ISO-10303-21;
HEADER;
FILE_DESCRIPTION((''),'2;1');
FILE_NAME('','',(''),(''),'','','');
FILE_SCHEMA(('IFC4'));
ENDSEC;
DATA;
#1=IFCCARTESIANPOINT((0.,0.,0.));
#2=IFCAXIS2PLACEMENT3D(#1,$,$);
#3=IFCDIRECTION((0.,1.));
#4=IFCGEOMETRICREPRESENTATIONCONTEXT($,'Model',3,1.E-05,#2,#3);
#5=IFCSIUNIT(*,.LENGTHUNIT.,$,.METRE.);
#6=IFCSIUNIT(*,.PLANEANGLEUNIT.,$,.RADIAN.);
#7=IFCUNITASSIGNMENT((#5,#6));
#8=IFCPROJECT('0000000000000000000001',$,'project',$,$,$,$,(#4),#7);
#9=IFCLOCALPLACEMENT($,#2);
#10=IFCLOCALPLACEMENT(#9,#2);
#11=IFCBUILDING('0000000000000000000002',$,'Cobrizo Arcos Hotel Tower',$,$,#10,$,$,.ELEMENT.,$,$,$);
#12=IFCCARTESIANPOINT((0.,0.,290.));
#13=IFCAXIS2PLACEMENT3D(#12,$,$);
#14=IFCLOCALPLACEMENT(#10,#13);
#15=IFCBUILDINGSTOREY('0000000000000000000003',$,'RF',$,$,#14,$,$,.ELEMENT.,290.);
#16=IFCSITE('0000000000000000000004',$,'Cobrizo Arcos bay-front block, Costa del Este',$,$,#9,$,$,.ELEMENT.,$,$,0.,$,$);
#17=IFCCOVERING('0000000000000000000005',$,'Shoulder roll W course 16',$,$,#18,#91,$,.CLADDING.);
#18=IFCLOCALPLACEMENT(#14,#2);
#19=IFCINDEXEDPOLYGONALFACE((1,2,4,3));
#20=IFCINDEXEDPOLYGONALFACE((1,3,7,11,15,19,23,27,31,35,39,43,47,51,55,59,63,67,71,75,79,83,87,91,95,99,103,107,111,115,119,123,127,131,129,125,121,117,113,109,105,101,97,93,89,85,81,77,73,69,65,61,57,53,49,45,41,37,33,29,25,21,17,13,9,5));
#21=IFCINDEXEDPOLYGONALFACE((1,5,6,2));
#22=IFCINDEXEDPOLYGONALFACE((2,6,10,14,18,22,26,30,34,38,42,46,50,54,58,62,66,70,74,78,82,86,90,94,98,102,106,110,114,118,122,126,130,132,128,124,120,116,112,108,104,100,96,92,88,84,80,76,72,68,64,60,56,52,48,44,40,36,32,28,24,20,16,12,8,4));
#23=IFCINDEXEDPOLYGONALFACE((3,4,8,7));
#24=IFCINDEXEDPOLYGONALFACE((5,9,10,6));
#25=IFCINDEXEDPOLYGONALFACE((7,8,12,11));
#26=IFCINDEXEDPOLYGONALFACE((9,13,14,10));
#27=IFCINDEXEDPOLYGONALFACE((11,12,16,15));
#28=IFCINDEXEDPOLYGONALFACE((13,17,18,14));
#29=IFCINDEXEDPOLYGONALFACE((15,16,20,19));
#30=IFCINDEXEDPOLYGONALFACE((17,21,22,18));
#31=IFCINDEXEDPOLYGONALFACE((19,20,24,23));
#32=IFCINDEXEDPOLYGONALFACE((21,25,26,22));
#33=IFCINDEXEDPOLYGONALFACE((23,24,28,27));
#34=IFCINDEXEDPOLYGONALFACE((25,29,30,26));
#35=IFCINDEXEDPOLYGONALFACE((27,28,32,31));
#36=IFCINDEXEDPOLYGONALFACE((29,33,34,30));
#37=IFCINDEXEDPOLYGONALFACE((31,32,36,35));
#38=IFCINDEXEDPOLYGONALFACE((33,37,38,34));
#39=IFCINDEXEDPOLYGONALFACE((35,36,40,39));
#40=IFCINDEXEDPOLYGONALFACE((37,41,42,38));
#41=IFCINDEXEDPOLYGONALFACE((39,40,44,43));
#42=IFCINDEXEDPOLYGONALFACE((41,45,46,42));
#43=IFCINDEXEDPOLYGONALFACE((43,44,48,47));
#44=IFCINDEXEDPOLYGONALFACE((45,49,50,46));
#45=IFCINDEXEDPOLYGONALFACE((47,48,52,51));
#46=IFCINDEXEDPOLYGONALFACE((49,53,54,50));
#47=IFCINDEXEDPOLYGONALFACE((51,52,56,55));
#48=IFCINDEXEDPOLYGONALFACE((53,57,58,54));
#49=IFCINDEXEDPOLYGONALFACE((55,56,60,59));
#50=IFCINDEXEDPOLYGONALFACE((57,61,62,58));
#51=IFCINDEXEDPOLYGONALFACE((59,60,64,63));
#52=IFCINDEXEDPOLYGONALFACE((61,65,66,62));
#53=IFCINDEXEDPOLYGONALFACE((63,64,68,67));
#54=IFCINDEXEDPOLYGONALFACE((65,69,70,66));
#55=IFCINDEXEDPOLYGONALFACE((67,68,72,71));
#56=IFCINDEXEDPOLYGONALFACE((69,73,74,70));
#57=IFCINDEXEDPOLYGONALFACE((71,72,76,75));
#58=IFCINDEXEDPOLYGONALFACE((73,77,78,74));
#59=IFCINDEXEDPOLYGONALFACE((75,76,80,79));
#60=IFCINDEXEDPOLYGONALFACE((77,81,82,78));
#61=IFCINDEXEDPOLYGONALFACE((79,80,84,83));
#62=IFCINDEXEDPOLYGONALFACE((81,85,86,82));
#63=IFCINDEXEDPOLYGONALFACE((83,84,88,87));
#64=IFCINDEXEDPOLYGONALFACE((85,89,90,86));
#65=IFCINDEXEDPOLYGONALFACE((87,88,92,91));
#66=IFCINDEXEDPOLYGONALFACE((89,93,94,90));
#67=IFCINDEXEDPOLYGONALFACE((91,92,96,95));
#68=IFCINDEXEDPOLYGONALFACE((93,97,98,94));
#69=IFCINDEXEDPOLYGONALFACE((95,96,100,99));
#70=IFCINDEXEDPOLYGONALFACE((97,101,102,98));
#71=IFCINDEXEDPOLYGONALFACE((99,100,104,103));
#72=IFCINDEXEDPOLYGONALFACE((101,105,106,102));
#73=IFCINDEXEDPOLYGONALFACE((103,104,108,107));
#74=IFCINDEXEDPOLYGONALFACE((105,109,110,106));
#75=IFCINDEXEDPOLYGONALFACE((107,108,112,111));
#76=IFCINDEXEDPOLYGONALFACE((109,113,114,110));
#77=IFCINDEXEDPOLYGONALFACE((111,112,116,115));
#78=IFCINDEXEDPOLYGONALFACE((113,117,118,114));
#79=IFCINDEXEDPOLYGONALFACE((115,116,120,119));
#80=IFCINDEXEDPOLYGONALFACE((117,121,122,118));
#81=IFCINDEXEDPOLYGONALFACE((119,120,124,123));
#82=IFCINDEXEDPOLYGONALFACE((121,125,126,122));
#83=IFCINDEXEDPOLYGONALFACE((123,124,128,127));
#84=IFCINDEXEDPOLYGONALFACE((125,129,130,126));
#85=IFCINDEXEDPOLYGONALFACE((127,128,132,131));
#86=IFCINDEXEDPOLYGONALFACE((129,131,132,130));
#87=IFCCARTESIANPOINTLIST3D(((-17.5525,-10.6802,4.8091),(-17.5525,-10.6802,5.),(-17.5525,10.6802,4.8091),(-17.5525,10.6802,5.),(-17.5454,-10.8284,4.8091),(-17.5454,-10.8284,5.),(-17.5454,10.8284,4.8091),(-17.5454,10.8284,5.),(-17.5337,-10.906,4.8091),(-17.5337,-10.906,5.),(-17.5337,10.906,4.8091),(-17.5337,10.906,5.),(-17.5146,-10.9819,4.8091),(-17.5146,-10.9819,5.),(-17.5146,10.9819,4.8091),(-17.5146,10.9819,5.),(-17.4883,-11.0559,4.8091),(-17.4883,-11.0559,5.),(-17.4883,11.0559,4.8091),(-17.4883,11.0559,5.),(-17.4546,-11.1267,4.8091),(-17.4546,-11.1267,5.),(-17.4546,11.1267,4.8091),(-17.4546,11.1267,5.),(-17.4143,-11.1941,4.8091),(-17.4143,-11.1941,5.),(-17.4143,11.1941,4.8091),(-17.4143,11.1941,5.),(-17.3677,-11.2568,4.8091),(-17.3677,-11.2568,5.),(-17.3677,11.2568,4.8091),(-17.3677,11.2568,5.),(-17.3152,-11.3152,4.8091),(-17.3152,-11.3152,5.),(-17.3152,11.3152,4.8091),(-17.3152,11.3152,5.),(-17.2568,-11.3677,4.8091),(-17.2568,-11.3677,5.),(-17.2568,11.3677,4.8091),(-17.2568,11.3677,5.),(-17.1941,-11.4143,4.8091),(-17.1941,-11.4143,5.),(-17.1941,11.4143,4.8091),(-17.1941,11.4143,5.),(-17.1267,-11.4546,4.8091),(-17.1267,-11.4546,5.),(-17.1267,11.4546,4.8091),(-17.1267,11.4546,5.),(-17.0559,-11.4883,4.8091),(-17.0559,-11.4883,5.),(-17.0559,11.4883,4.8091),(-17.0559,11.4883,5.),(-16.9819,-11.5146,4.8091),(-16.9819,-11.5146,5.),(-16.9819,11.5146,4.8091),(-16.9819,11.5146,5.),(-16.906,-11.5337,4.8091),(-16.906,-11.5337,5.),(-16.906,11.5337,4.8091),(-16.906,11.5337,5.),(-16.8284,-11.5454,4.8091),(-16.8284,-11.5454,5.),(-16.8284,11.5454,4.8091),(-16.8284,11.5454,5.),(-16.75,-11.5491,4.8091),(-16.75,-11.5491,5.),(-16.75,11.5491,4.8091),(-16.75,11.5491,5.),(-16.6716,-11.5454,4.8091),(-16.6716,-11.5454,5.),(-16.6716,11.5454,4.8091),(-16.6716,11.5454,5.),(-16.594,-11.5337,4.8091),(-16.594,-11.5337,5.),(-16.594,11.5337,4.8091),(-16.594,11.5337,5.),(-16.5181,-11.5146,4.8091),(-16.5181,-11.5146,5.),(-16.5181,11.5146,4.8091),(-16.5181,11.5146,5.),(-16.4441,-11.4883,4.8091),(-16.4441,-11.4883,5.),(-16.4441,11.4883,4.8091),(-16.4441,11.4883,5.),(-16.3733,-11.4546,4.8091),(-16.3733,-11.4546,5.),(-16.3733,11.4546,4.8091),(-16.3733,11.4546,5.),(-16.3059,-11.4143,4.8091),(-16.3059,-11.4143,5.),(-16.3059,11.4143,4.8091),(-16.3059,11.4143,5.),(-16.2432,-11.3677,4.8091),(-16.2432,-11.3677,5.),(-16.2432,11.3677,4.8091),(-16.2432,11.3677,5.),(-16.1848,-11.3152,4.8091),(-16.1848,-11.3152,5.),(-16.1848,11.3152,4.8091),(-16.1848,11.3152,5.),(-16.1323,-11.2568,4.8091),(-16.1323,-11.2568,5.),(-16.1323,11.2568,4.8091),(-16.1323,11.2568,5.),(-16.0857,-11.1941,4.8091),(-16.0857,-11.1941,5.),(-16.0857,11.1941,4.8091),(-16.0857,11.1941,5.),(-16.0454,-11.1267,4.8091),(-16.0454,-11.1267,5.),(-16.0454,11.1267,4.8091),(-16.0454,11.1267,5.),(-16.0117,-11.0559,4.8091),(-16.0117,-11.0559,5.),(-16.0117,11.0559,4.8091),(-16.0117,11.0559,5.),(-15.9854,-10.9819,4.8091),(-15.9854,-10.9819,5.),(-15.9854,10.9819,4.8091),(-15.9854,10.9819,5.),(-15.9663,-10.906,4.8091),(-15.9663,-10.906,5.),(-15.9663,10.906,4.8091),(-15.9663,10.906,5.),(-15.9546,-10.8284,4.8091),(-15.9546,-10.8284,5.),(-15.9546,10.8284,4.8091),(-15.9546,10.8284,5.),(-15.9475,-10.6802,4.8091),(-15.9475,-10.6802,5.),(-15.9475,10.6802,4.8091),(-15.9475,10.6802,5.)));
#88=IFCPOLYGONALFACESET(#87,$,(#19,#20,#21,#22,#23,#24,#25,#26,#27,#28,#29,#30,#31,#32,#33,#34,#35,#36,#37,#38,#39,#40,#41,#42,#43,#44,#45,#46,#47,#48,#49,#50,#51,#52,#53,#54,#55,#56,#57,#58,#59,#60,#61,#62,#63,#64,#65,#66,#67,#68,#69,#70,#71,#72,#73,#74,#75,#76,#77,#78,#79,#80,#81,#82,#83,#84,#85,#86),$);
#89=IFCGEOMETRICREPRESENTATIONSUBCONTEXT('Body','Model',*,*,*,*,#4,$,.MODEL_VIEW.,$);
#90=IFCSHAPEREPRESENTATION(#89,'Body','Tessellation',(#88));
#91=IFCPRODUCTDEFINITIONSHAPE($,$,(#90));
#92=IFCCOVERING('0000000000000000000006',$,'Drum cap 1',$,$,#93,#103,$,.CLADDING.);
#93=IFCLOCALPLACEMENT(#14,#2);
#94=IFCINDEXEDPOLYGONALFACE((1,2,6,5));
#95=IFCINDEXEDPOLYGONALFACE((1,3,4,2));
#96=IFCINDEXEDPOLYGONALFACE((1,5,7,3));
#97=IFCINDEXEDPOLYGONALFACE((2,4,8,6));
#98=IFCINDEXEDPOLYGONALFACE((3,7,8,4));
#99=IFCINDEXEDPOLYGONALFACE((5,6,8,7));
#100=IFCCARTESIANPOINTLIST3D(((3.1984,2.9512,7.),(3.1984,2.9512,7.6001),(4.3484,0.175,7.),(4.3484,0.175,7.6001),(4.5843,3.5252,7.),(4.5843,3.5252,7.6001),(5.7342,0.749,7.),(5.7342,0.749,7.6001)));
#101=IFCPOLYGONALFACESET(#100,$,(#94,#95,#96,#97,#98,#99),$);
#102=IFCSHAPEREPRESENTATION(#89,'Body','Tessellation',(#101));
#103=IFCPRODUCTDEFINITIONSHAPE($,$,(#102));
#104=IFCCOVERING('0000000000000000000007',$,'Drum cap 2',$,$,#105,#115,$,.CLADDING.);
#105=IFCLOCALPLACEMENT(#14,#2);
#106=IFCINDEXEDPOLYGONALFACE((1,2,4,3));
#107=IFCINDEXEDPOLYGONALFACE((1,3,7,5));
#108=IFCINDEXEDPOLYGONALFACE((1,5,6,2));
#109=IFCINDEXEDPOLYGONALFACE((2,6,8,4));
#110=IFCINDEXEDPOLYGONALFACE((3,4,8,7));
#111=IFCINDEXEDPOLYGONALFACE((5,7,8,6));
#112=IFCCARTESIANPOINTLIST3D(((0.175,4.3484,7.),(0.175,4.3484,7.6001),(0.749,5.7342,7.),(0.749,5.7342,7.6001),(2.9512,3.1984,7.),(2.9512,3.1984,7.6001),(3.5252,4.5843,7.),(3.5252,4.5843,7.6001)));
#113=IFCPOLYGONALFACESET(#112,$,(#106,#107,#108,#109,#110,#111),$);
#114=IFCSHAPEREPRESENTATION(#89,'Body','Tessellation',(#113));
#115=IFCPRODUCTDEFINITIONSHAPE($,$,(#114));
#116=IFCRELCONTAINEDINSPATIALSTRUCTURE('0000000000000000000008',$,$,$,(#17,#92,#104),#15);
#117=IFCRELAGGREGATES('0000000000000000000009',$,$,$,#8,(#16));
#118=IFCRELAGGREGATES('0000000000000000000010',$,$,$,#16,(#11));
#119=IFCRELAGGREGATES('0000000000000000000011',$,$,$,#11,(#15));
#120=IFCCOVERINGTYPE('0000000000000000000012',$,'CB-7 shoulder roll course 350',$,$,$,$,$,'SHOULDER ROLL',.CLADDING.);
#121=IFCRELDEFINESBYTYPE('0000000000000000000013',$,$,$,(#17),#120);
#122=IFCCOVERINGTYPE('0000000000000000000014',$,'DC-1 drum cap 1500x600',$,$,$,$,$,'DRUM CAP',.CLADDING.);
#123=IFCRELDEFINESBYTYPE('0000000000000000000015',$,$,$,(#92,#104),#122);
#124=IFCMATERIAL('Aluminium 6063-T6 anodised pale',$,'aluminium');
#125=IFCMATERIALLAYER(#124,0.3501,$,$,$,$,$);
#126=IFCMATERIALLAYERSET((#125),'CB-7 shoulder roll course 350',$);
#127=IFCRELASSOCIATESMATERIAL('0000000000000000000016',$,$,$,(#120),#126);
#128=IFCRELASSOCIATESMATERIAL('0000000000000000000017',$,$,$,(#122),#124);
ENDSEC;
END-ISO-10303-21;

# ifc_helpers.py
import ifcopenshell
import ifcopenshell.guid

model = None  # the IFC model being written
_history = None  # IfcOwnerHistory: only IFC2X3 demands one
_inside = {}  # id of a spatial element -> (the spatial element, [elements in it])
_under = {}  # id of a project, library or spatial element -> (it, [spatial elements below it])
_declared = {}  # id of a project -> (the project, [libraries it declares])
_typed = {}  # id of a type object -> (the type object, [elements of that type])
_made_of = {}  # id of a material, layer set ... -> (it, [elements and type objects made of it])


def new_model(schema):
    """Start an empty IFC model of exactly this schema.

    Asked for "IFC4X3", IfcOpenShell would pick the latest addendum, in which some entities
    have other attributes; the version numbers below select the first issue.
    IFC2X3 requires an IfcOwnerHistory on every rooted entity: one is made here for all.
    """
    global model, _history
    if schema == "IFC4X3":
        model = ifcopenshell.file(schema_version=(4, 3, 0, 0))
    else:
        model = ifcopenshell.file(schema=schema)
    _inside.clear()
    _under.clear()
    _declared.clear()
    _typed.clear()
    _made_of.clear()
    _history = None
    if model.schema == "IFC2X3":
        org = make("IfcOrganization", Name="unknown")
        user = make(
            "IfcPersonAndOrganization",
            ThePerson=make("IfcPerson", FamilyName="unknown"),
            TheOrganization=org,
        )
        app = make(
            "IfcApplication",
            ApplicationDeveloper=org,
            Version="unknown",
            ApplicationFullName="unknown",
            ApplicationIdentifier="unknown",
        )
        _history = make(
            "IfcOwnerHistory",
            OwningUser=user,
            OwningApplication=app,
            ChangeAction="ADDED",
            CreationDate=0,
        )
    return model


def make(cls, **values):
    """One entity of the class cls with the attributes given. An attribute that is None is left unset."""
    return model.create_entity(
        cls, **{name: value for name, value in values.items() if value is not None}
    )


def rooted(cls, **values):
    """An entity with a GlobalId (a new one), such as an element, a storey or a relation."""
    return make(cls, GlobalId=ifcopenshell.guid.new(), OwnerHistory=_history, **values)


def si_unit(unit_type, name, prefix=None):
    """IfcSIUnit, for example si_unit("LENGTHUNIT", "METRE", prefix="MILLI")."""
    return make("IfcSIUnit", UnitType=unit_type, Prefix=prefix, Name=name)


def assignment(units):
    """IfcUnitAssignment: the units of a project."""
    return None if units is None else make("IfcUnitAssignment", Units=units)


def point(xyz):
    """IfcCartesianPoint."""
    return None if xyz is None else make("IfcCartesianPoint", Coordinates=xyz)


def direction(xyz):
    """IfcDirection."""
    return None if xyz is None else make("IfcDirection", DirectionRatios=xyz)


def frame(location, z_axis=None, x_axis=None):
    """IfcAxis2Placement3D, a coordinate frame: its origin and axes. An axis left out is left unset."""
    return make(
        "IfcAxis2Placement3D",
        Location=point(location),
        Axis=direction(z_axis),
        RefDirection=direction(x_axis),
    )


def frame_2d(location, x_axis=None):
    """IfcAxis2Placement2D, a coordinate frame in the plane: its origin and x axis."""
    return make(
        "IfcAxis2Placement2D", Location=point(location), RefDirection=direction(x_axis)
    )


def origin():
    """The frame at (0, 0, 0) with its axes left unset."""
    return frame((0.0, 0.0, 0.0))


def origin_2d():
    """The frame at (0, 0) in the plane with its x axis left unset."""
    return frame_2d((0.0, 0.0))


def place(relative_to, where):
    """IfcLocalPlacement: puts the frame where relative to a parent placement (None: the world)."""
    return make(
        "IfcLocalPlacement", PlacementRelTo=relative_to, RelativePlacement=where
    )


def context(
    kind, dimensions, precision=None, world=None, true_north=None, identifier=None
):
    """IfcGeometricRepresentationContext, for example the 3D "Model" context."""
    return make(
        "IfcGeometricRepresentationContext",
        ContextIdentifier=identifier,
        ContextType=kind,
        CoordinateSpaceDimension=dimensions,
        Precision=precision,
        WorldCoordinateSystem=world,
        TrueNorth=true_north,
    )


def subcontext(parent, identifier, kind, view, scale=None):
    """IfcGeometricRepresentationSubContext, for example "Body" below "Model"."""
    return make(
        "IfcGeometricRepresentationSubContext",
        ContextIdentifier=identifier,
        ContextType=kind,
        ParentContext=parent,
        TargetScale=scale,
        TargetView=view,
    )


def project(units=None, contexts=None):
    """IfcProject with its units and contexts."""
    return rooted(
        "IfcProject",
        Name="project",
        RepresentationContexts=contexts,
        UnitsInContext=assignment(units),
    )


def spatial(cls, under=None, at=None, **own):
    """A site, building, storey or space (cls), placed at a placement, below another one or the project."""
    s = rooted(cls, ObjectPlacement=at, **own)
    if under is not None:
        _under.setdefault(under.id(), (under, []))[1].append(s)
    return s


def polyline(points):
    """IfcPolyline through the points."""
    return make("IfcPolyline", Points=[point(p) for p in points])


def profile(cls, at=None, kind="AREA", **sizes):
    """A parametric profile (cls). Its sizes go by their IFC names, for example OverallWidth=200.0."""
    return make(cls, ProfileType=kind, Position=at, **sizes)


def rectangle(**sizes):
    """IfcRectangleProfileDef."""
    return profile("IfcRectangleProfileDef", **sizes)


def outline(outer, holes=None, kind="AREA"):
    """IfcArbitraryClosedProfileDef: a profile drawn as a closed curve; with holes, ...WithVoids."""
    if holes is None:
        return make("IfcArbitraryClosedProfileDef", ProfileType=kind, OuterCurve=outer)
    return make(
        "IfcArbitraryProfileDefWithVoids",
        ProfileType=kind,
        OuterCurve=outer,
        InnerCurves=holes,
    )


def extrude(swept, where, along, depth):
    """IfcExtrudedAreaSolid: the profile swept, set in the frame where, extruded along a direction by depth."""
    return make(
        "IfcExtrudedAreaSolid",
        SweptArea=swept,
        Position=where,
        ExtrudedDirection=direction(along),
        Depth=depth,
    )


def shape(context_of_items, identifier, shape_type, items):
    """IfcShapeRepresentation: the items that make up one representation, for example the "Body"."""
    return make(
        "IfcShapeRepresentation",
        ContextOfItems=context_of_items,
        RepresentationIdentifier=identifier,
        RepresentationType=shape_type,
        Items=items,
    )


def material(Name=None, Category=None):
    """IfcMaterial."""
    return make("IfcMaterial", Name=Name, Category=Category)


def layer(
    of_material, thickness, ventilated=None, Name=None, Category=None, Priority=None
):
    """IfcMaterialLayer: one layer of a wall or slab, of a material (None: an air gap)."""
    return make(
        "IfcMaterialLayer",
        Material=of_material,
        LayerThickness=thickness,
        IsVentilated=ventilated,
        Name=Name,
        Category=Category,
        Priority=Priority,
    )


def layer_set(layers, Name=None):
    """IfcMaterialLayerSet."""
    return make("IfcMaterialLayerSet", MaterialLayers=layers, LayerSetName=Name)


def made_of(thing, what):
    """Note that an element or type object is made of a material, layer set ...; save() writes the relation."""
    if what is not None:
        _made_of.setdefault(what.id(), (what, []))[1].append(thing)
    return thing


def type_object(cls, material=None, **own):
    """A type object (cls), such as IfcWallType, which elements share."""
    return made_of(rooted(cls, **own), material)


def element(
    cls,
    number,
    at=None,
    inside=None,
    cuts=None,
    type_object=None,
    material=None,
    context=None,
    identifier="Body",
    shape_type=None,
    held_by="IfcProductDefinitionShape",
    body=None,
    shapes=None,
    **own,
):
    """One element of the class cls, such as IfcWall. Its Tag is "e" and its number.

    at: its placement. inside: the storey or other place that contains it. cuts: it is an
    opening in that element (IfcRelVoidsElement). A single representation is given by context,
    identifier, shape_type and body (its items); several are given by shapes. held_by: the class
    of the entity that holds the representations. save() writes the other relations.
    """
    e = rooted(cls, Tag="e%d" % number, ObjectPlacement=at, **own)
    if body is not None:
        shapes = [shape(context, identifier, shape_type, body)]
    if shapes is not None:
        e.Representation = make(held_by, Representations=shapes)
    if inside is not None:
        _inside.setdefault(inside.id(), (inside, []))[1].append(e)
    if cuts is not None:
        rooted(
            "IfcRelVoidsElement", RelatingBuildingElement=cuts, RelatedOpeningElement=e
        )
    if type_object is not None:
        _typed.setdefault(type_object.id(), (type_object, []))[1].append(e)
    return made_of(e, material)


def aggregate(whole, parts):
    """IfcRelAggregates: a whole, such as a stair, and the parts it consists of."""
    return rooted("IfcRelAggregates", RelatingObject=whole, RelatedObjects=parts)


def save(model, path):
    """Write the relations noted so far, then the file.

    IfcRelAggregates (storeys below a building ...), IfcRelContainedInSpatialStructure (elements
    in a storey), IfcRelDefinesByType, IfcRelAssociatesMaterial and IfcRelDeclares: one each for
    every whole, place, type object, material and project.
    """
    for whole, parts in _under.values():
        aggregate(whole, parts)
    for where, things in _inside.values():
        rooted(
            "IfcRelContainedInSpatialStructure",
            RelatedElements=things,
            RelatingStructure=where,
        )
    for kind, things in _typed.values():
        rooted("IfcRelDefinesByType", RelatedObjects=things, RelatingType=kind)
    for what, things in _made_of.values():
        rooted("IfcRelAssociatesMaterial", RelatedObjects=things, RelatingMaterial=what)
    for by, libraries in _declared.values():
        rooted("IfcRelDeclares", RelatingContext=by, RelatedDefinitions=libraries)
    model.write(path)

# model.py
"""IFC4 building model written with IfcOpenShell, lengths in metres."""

from ifc_helpers import new_model, si_unit, direction, frame, origin, origin_2d, place, context, subcontext, project, spatial, polyline, rectangle, outline, extrude, material, layer, layer_set, type_object, element, save


model = new_model("IFC4")

# Units and contexts
model_context = context("Model", 3, precision=1e-05, world=origin(), true_north=direction((0.0, 1.0)))
body_context = subcontext(model_context, "Body", "Model", "MODEL_VIEW")
ifc_project = project(units=[si_unit("LENGTHUNIT", "METRE"), si_unit("PLANEANGLEUNIT", "RADIAN")], contexts=[model_context])

# Site, building, storey
site_placement = place(None, origin())
site = spatial("IfcSite", under=ifc_project, at=site_placement, Name="Cobrizo Arcos bay-front block, Costa del Este", CompositionType="ELEMENT", RefElevation=0.0)
building_placement = place(site_placement, origin())
building = spatial("IfcBuilding", under=site, at=building_placement, Name="Cobrizo Arcos Hotel Tower", CompositionType="ELEMENT")
storey_placement = place(building_placement, frame((0.0, 0.0, 290.0)))
storey = spatial("IfcBuildingStorey", under=building, at=storey_placement, Name="RF", CompositionType="ELEMENT", Elevation=290.0)

# Coverings
ifc_material_1 = material(Name="Aluminium 6063-T6 anodised pale", Category="aluminium")
ifc_layer_1 = layer(ifc_material_1, 0.3501)
ifc_layer_set_1 = layer_set([ifc_layer_1], Name="CB-7 shoulder roll course 350")
covering_type_1 = type_object("IfcCoveringType", Name="CB-7 shoulder roll course 350", ElementType="SHOULDER ROLL", PredefinedType="CLADDING", material=ifc_layer_set_1)
covering_1_placement = place(storey_placement, frame((0.0, 0.0, 4.8091)))
element("IfcCovering", 1, at=covering_1_placement, inside=storey, type_object=covering_type_1, Name="Shoulder roll W course 16", PredefinedType="CLADDING", context=body_context, shape_type="SweptSolid", body=[
    extrude(outline(polyline([(-17.5525, 10.6802), (-17.5454, 10.8284), (-17.5337, 10.906), (-17.5146, 10.9819), (-17.4883, 11.0559), (-17.4546, 11.1267), (-17.4143, 11.1941), (-17.3677, 11.2568), (-17.3152, 11.3152), (-17.2568, 11.3677), (-17.1941, 11.4143), (-17.1267, 11.4546), (-17.0559, 11.4883), (-16.9819, 11.5146), (-16.906, 11.5337), (-16.8284, 11.5454), (-16.75, 11.5491), (-16.6716, 11.5454), (-16.594, 11.5337), (-16.5181, 11.5146), (-16.4441, 11.4883), (-16.3733, 11.4546), (-16.3059, 11.4143), (-16.2432, 11.3677), (-16.1848, 11.3152), (-16.1323, 11.2568), (-16.0857, 11.1941), (-16.0454, 11.1267), (-16.0117, 11.0559), (-15.9854, 10.9819), (-15.9663, 10.906), (-15.9546, 10.8284), (-15.9475, 10.6802), (-15.9475, -10.6802), (-15.9546, -10.8284), (-15.9663, -10.906), (-15.9854, -10.9819), (-16.0117, -11.0559), (-16.0454, -11.1267), (-16.0857, -11.1941), (-16.1323, -11.2568), (-16.1848, -11.3152), (-16.2432, -11.3677), (-16.3059, -11.4143), (-16.3733, -11.4546), (-16.4441, -11.4883), (-16.5181, -11.5146), (-16.594, -11.5337), (-16.6716, -11.5454), (-16.75, -11.5491), (-16.8284, -11.5454), (-16.906, -11.5337), (-16.9819, -11.5146), (-17.0559, -11.4883), (-17.1267, -11.4546), (-17.1941, -11.4143), (-17.2568, -11.3677), (-17.3152, -11.3152), (-17.3677, -11.2568), (-17.4143, -11.1941), (-17.4546, -11.1267), (-17.4883, -11.0559), (-17.5146, -10.9819), (-17.5337, -10.906), (-17.5454, -10.8284), (-17.5525, -10.6802), (-17.5525, 10.6802)])), origin(), (0.0, 0.0, 1.0), 0.1909),
])
covering_type_2 = type_object("IfcCoveringType", Name="DC-1 drum cap 1500x600", ElementType="DRUM CAP", PredefinedType="CLADDING", material=ifc_material_1)
for number, where, z_axis, x_axis, name in (
    (2, (4.4663, 1.8501, 7.0), (0.0, 0.0, 1.0), (-0.382683, 0.92388, 0.0), "Drum cap 1"),
    (3, (1.8501, 4.4663, 7.0), (0.0, 0.0, 1.0), (-0.92388, 0.382683, 0.0), "Drum cap 2"),
):
    element("IfcCovering", number, at=place(storey_placement, frame(where, z_axis=z_axis, x_axis=x_axis)), inside=storey, type_object=covering_type_2, Name=name, PredefinedType="CLADDING", context=body_context, shape_type="SweptSolid", body=[
        extrude(rectangle(XDim=3.0049, YDim=1.5, at=origin_2d()), origin(), (0.0, 0.0, 1.0), 0.6001),
    ])

save(model, "model.ifc")
